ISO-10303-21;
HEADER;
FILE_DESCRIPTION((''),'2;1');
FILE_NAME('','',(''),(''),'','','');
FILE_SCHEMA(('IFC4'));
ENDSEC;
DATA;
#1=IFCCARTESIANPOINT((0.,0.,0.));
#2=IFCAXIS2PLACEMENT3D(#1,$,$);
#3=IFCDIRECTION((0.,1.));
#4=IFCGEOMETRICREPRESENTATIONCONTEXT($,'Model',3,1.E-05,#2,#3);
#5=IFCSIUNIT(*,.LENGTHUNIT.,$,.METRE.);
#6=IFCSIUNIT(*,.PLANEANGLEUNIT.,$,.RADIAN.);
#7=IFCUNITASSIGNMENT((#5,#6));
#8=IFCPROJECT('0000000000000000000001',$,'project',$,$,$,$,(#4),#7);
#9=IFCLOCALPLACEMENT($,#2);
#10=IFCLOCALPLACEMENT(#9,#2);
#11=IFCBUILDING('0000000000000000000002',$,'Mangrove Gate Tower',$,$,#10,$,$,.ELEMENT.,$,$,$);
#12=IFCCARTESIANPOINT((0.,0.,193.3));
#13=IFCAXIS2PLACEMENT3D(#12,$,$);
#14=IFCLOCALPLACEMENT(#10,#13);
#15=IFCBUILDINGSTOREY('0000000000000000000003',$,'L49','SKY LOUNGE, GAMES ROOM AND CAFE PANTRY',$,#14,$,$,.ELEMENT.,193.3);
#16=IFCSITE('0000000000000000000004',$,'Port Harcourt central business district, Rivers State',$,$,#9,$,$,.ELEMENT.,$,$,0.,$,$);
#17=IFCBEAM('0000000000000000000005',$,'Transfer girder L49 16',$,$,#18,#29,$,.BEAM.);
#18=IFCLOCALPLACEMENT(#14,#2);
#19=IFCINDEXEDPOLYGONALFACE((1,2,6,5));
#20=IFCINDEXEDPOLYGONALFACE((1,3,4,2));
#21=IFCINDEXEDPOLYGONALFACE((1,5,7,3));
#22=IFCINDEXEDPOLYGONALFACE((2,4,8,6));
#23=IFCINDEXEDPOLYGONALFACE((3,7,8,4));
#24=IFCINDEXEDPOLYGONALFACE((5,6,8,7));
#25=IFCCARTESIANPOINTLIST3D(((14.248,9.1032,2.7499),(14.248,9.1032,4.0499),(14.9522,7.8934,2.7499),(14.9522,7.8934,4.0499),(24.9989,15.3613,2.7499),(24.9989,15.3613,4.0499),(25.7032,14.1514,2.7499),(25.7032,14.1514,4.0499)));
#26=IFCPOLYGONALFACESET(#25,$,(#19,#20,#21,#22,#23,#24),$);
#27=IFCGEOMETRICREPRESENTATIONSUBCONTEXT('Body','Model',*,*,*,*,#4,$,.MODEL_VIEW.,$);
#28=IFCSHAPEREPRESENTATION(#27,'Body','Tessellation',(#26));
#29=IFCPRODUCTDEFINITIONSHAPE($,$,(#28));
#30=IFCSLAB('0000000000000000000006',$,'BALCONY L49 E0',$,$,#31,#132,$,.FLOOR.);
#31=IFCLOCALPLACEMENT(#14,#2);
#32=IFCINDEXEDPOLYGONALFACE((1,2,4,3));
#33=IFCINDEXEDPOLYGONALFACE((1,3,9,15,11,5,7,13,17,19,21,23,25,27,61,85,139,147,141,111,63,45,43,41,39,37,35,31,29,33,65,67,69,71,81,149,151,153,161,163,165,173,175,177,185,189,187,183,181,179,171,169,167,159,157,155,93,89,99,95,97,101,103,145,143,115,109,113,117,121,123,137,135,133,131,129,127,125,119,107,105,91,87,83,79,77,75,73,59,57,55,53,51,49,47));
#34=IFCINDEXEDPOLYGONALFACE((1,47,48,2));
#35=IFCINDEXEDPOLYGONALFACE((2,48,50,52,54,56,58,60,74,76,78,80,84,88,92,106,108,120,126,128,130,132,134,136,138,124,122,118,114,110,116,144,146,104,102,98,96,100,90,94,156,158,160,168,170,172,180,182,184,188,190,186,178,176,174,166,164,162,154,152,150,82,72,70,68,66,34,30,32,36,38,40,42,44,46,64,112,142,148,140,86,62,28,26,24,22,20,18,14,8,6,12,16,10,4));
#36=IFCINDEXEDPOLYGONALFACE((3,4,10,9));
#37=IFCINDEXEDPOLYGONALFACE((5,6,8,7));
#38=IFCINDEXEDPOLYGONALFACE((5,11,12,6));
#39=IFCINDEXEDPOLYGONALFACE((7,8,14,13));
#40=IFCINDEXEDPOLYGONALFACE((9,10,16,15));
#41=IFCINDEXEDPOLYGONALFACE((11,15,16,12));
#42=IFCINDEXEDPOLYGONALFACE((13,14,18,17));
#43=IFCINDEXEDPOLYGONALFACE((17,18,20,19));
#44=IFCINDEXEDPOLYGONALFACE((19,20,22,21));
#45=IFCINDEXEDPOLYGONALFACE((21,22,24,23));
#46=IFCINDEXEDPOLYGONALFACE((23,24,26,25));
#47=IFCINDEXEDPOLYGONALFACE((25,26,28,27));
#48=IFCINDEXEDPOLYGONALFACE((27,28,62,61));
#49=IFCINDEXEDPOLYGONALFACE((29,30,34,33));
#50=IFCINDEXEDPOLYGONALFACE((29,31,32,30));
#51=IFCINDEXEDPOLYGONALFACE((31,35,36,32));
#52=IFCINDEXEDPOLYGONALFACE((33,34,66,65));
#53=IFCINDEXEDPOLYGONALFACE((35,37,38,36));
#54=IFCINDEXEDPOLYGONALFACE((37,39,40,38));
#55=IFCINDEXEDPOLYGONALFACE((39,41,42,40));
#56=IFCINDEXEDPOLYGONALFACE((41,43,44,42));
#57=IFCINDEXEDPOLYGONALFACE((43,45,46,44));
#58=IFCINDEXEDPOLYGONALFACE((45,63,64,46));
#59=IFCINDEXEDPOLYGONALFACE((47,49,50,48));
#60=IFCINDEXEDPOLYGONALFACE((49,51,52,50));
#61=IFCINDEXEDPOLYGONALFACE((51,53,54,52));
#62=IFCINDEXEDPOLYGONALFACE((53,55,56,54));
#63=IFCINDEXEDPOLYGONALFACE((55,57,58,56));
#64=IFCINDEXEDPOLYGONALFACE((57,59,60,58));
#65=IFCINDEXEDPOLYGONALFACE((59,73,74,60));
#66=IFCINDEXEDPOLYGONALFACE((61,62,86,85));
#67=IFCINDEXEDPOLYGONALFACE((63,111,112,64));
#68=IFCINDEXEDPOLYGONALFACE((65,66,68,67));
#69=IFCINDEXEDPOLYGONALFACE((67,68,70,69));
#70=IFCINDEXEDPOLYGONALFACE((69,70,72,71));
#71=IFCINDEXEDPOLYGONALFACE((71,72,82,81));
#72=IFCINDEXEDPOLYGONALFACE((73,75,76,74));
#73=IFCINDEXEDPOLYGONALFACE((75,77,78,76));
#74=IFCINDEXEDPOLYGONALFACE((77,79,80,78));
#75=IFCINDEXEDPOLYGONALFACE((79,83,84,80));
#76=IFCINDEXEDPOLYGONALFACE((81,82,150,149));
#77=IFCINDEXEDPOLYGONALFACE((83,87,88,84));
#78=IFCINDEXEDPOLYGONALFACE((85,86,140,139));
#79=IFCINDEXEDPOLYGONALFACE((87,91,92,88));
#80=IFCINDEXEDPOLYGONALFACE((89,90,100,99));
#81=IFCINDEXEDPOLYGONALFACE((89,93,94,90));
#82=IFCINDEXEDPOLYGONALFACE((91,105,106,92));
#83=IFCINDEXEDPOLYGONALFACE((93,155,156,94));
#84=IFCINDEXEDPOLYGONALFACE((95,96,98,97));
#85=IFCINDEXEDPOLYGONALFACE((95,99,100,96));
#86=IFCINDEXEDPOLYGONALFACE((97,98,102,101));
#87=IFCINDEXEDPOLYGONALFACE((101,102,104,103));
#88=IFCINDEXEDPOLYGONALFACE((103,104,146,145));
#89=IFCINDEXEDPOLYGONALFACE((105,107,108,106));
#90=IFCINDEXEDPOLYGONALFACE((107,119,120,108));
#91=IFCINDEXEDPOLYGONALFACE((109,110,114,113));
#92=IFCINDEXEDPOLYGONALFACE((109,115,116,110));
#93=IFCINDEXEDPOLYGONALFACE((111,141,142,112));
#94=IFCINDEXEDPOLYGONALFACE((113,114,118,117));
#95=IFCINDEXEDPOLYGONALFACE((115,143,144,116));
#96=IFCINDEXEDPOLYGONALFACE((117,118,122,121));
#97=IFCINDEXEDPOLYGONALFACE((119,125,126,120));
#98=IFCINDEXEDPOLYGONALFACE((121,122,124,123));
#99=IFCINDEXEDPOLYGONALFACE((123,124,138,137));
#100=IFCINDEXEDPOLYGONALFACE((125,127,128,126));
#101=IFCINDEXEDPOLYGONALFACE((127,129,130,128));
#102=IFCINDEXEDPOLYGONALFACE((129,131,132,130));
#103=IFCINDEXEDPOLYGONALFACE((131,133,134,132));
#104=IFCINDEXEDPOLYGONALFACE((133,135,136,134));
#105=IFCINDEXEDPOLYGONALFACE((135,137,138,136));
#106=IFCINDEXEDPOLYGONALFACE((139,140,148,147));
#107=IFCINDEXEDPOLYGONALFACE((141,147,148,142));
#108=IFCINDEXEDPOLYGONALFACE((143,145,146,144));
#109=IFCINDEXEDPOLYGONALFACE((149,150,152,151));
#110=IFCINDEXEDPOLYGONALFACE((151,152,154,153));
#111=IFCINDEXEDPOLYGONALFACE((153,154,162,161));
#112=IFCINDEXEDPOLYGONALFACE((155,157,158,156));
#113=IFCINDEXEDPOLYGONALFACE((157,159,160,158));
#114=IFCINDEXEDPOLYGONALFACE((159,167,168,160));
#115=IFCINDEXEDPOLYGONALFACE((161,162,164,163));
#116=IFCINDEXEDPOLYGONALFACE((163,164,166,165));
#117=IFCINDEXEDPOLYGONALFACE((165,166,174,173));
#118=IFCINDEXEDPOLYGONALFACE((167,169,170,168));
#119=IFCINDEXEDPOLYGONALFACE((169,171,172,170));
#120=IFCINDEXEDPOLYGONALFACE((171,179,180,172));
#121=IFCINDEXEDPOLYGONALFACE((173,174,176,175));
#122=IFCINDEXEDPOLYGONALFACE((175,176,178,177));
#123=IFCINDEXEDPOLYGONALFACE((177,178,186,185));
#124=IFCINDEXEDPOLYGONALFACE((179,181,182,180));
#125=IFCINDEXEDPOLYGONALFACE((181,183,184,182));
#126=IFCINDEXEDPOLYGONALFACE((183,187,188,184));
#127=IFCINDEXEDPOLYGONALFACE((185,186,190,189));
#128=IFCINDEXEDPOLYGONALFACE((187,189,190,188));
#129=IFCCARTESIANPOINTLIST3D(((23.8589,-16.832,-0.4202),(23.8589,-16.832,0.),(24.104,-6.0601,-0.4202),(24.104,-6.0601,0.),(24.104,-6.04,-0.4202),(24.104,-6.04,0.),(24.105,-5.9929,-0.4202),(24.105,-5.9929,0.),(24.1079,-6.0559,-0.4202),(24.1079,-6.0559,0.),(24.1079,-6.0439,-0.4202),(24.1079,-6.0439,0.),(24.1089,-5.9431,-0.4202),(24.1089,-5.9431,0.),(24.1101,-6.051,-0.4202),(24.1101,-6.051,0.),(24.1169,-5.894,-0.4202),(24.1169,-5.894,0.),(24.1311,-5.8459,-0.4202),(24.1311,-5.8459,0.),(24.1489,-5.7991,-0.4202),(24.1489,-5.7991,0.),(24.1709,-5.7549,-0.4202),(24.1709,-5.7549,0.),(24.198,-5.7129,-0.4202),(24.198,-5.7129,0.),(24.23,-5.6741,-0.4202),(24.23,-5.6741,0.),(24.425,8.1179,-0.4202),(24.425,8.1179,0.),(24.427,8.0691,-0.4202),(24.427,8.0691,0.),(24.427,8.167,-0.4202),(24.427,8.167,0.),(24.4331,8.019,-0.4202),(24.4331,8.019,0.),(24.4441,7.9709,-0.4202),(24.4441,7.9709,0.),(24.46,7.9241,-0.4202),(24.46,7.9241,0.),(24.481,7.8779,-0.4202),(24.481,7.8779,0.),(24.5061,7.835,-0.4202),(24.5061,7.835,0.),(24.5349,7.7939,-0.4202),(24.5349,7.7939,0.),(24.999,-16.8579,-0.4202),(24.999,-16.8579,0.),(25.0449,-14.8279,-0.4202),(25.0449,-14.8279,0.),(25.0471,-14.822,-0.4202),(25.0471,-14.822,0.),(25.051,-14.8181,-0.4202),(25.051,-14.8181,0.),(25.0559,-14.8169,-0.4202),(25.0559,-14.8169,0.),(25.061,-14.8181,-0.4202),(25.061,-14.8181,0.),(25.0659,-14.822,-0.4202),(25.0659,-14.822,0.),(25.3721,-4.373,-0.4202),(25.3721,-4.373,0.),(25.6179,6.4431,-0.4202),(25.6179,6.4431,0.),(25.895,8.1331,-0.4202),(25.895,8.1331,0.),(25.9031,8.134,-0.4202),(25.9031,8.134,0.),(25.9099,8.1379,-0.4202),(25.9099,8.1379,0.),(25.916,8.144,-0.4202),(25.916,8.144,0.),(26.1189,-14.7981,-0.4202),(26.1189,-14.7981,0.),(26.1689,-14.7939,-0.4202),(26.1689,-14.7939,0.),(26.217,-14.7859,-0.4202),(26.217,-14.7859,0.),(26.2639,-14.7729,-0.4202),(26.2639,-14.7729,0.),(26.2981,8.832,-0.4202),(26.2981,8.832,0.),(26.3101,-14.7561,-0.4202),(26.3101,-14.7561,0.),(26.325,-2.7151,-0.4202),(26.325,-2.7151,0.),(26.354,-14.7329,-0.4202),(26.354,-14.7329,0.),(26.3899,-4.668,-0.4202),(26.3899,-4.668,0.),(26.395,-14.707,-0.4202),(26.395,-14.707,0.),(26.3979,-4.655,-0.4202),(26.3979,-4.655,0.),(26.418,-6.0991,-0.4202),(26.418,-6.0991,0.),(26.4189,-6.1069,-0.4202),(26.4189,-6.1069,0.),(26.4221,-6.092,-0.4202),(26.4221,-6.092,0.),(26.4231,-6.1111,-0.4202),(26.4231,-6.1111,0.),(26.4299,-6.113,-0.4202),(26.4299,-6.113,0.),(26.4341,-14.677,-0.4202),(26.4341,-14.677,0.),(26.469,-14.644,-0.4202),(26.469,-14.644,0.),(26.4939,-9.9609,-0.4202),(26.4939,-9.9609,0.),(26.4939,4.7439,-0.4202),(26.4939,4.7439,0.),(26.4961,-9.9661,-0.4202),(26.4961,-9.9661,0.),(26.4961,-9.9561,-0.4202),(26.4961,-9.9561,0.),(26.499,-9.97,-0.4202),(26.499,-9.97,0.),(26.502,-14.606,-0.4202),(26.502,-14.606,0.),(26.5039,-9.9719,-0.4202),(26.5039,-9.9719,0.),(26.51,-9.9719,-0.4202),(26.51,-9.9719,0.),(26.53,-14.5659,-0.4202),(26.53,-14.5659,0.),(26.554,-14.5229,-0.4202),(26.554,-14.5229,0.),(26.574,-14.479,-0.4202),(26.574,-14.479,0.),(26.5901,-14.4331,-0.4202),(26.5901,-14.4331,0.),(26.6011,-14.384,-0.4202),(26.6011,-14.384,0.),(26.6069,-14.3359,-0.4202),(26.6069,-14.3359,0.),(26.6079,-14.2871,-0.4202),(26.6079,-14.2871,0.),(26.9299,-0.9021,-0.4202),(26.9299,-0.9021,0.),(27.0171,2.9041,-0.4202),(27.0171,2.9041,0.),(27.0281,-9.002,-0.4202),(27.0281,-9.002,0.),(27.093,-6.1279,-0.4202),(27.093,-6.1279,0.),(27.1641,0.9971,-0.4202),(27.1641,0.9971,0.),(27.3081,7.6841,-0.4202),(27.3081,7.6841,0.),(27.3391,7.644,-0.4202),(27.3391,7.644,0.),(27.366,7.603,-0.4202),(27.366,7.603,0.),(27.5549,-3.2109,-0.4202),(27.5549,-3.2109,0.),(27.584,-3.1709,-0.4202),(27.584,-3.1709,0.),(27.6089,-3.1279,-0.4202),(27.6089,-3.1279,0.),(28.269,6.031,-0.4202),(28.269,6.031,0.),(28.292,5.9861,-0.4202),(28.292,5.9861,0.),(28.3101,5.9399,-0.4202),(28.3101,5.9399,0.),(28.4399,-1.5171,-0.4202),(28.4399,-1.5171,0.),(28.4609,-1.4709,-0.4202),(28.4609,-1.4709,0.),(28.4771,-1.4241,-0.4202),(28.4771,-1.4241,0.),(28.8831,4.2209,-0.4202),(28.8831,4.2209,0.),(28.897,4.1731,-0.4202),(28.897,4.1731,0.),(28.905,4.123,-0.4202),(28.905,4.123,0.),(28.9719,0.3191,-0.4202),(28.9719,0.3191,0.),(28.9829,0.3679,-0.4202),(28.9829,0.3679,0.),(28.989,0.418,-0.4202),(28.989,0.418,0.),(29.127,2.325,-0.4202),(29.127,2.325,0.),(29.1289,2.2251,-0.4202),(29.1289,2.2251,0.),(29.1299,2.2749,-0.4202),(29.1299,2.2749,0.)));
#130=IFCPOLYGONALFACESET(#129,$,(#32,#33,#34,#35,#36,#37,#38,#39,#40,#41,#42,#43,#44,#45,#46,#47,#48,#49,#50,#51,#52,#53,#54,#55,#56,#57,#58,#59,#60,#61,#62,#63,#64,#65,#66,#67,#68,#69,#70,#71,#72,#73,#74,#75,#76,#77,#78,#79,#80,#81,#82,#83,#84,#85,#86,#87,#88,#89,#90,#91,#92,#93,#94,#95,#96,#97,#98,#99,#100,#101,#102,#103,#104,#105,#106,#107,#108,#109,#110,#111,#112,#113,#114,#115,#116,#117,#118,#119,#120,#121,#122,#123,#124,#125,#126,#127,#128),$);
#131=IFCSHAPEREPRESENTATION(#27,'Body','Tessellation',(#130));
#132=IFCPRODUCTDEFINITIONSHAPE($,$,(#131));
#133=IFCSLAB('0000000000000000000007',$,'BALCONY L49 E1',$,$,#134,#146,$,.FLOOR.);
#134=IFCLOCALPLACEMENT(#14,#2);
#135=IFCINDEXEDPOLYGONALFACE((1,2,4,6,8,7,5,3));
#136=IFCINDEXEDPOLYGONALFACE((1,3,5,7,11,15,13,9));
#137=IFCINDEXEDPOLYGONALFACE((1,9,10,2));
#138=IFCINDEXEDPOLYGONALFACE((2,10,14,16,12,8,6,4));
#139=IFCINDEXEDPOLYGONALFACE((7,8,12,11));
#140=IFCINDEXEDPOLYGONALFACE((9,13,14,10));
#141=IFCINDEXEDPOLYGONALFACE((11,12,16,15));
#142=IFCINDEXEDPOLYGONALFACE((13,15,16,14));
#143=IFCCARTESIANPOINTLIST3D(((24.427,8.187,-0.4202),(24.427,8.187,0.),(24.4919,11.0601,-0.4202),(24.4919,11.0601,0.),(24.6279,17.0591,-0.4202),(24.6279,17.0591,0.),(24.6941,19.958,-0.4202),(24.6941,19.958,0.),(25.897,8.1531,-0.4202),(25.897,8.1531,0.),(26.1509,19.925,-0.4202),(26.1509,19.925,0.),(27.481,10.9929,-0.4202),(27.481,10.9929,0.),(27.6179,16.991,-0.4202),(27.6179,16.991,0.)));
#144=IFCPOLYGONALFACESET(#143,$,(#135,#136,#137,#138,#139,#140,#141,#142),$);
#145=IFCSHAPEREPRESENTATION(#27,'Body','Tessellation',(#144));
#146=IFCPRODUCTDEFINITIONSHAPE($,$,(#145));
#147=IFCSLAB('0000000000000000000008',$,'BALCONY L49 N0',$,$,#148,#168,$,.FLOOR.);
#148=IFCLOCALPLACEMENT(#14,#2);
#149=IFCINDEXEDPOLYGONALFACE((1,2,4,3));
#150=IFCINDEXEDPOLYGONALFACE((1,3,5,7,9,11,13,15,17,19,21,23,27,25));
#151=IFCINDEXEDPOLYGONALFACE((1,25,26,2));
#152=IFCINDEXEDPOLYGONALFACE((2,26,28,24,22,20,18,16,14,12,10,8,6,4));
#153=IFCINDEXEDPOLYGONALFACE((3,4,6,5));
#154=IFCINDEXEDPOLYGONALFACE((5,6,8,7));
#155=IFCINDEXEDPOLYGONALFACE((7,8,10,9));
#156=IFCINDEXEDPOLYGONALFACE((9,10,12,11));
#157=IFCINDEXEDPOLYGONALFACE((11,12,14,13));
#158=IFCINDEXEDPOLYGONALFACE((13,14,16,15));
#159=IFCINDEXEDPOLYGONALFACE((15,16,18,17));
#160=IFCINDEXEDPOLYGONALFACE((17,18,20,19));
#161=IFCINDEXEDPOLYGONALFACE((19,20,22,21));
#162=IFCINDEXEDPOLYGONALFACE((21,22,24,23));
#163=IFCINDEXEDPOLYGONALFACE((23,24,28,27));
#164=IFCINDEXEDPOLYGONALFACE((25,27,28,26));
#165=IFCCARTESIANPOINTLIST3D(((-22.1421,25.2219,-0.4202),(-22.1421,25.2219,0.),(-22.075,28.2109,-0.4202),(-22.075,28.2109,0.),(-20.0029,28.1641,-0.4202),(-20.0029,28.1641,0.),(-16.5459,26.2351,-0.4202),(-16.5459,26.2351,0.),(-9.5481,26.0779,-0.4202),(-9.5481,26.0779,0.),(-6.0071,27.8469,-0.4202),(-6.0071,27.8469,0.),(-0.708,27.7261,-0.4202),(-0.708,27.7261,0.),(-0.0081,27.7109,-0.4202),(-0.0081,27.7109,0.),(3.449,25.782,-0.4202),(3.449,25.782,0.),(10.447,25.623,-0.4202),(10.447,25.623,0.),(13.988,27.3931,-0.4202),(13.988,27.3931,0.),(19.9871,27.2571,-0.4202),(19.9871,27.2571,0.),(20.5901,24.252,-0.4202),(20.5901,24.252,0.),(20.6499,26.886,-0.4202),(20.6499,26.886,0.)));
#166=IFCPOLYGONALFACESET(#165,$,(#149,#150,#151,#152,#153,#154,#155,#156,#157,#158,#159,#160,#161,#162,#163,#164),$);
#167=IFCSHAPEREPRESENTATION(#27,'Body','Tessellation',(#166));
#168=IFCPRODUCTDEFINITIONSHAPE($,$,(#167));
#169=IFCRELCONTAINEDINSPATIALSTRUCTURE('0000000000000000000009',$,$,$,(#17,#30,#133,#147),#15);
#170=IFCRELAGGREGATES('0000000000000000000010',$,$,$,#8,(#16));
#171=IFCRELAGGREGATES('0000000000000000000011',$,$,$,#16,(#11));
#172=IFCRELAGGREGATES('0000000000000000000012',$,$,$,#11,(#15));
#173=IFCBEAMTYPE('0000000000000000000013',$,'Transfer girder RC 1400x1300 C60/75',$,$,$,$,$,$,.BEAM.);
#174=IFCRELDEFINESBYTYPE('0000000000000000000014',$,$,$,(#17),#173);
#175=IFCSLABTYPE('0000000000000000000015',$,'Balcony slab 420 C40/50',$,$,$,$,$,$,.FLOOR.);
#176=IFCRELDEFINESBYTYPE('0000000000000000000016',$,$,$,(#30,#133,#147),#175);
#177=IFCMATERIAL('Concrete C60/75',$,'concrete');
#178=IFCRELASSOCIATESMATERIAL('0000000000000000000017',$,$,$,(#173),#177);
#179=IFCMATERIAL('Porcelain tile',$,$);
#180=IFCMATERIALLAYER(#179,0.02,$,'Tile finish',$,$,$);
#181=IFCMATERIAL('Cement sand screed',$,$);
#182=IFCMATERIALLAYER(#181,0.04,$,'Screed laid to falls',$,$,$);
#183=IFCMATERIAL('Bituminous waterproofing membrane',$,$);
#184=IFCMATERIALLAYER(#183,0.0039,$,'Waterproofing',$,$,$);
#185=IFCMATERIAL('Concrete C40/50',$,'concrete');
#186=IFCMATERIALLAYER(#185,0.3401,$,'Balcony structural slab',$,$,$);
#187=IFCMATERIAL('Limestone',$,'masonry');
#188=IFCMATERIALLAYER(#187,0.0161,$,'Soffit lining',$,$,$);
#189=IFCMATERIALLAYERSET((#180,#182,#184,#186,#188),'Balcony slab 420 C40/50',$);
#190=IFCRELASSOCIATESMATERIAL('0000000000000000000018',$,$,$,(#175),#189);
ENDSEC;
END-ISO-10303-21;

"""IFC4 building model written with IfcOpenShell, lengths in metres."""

from ifc_helpers import new_model, si_unit, direction, frame, origin, origin_2d, place, context, subcontext, project, spatial, polyline, rectangle, outline, extrude, material, layer, layer_set, material_profile, profile_set, type_object, element, save


model = new_model("IFC4")

# Units and contexts
model_context = context("Model", 3, precision=1e-05, world=origin(), true_north=direction((0.0, 1.0)))
body_context = subcontext(model_context, "Body", "Model", "MODEL_VIEW")
ifc_project = project(units=[si_unit("LENGTHUNIT", "METRE"), si_unit("PLANEANGLEUNIT", "RADIAN")], contexts=[model_context])

# Site, building, storey
site_placement = place(None, origin())
site = spatial("IfcSite", under=ifc_project, at=site_placement, Name="Port Harcourt central business district, Rivers State", CompositionType="ELEMENT", RefElevation=0.0)
building_placement = place(site_placement, origin())
building = spatial("IfcBuilding", under=site, at=building_placement, Name="Mangrove Gate Tower", CompositionType="ELEMENT")
storey_placement = place(building_placement, frame((0.0, 0.0, 193.3)))
storey = spatial("IfcBuildingStorey", under=building, at=storey_placement, Name="L49", Description="SKY LOUNGE, GAMES ROOM AND CAFE PANTRY", CompositionType="ELEMENT", Elevation=193.3)

# Beam
ifc_material_1 = material(Name="Concrete C60/75", Category="concrete")
ifc_material_profile = material_profile(ifc_material_1, rectangle(XDim=1.3999, YDim=1.3, at=origin_2d()))
ifc_profile_set = profile_set([ifc_material_profile], Name="Concrete C60/75")
beam_type = type_object("IfcBeamType", Name="Transfer girder RC 1400x1300 C60/75", PredefinedType="BEAM", material=ifc_profile_set)
beam_placement = place(storey_placement, frame((14.6001, 8.4983, 3.3999), z_axis=(0.864245, 0.50307, 0.0), x_axis=(-0.50307, 0.864245, 0.0)))
element("IfcBeam", 1, at=beam_placement, inside=storey, type_object=beam_type, Name="Transfer girder L49 16", PredefinedType="BEAM", context=body_context, shape_type="SweptSolid", body=[
    extrude(rectangle(XDim=1.3999, YDim=1.3, at=origin_2d()), origin(), (0.0, 0.0, 1.0), 12.4397),
])

# Slabs
ifc_material_2 = material(Name="Porcelain tile")
ifc_layer_1 = layer(ifc_material_2, 0.02, Name="Tile finish")
ifc_material_3 = material(Name="Cement sand screed")
ifc_layer_2 = layer(ifc_material_3, 0.04, Name="Screed laid to falls")
ifc_material_4 = material(Name="Bituminous waterproofing membrane")
ifc_layer_3 = layer(ifc_material_4, 0.0039, Name="Waterproofing")
ifc_material_5 = material(Name="Concrete C40/50", Category="concrete")
ifc_layer_4 = layer(ifc_material_5, 0.3401, Name="Balcony structural slab")
ifc_material_6 = material(Name="Limestone", Category="masonry")
ifc_layer_5 = layer(ifc_material_6, 0.0161, Name="Soffit lining")
ifc_layer_set_1 = layer_set([ifc_layer_1, ifc_layer_2, ifc_layer_3, ifc_layer_4, ifc_layer_5], Name="Balcony slab 420 C40/50")
slab_type_1 = type_object("IfcSlabType", Name="Balcony slab 420 C40/50", PredefinedType="FLOOR", material=ifc_layer_set_1)
slab_1_placement = place(storey_placement, frame((0.0, 0.0, -0.4202)))
element("IfcSlab", 2, at=slab_1_placement, inside=storey, type_object=slab_type_1, Name="BALCONY L49 E0", PredefinedType="FLOOR", context=body_context, shape_type="SweptSolid", body=[
    extrude(outline(polyline([(24.999, -16.8579), (25.0449, -14.8279), (25.0471, -14.822), (25.051, -14.8181), (25.0559, -14.8169), (25.061, -14.8181), (25.0659, -14.822), (26.1189, -14.7981), (26.1689, -14.7939), (26.217, -14.7859), (26.2639, -14.7729), (26.3101, -14.7561), (26.354, -14.7329), (26.395, -14.707), (26.4341, -14.677), (26.469, -14.644), (26.502, -14.606), (26.53, -14.5659), (26.554, -14.5229), (26.574, -14.479), (26.5901, -14.4331), (26.6011, -14.384), (26.6069, -14.3359), (26.6079, -14.2871), (26.51, -9.9719), (26.5039, -9.9719), (26.499, -9.97), (26.4961, -9.9661), (26.4939, -9.9609), (26.4961, -9.9561), (27.0281, -9.002), (27.093, -6.1279), (26.4299, -6.113), (26.4231, -6.1111), (26.4189, -6.1069), (26.418, -6.0991), (26.4221, -6.092), (26.3899, -4.668), (26.3979, -4.655), (27.5549, -3.2109), (27.584, -3.1709), (27.6089, -3.1279), (28.4399, -1.5171), (28.4609, -1.4709), (28.4771, -1.4241), (28.9719, 0.3191), (28.9829, 0.3679), (28.989, 0.418), (29.1289, 2.2251), (29.1299, 2.2749), (29.127, 2.325), (28.905, 4.123), (28.897, 4.1731), (28.8831, 4.2209), (28.3101, 5.9399), (28.292, 5.9861), (28.269, 6.031), (27.366, 7.603), (27.3391, 7.644), (27.3081, 7.6841), (26.2981, 8.832), (25.916, 8.144), (25.9099, 8.1379), (25.9031, 8.134), (25.895, 8.1331), (24.427, 8.167), (24.425, 8.1179), (24.427, 8.0691), (24.4331, 8.019), (24.4441, 7.9709), (24.46, 7.9241), (24.481, 7.8779), (24.5061, 7.835), (24.5349, 7.7939), (25.6179, 6.4431), (26.4939, 4.7439), (27.0171, 2.9041), (27.1641, 0.9971), (26.9299, -0.9021), (26.325, -2.7151), (25.3721, -4.373), (24.23, -5.6741), (24.198, -5.7129), (24.1709, -5.7549), (24.1489, -5.7991), (24.1311, -5.8459), (24.1169, -5.894), (24.1089, -5.9431), (24.105, -5.9929), (24.104, -6.04), (24.1079, -6.0439), (24.1101, -6.051), (24.1079, -6.0559), (24.104, -6.0601), (23.8589, -16.832), (24.999, -16.8579)])), origin(), (0.0, 0.0, 1.0), 0.4202),
])
slab_2_placement = place(storey_placement, frame((0.0, 0.0, -0.4202)))
element("IfcSlab", 3, at=slab_2_placement, inside=storey, type_object=slab_type_1, Name="BALCONY L49 E1", PredefinedType="FLOOR", context=body_context, shape_type="SweptSolid", body=[
    extrude(outline(polyline([(25.897, 8.1531), (27.481, 10.9929), (27.6179, 16.991), (26.1509, 19.925), (24.6941, 19.958), (24.6279, 17.0591), (24.4919, 11.0601), (24.427, 8.187), (25.897, 8.1531)])), origin(), (0.0, 0.0, 1.0), 0.4202),
])
slab_3_placement = place(storey_placement, frame((0.0, 0.0, -0.4202)))
element("IfcSlab", 4, at=slab_3_placement, inside=storey, type_object=slab_type_1, Name="BALCONY L49 N0", PredefinedType="FLOOR", context=body_context, shape_type="SweptSolid", body=[
    extrude(outline(polyline([(20.6499, 26.886), (19.9871, 27.2571), (13.988, 27.3931), (10.447, 25.623), (3.449, 25.782), (-0.0081, 27.7109), (-0.708, 27.7261), (-6.0071, 27.8469), (-9.5481, 26.0779), (-16.5459, 26.2351), (-20.0029, 28.1641), (-22.075, 28.2109), (-22.1421, 25.2219), (20.5901, 24.252), (20.6499, 26.886)])), origin(), (0.0, 0.0, 1.0), 0.4202),
])

save(model, "model.ifc")
